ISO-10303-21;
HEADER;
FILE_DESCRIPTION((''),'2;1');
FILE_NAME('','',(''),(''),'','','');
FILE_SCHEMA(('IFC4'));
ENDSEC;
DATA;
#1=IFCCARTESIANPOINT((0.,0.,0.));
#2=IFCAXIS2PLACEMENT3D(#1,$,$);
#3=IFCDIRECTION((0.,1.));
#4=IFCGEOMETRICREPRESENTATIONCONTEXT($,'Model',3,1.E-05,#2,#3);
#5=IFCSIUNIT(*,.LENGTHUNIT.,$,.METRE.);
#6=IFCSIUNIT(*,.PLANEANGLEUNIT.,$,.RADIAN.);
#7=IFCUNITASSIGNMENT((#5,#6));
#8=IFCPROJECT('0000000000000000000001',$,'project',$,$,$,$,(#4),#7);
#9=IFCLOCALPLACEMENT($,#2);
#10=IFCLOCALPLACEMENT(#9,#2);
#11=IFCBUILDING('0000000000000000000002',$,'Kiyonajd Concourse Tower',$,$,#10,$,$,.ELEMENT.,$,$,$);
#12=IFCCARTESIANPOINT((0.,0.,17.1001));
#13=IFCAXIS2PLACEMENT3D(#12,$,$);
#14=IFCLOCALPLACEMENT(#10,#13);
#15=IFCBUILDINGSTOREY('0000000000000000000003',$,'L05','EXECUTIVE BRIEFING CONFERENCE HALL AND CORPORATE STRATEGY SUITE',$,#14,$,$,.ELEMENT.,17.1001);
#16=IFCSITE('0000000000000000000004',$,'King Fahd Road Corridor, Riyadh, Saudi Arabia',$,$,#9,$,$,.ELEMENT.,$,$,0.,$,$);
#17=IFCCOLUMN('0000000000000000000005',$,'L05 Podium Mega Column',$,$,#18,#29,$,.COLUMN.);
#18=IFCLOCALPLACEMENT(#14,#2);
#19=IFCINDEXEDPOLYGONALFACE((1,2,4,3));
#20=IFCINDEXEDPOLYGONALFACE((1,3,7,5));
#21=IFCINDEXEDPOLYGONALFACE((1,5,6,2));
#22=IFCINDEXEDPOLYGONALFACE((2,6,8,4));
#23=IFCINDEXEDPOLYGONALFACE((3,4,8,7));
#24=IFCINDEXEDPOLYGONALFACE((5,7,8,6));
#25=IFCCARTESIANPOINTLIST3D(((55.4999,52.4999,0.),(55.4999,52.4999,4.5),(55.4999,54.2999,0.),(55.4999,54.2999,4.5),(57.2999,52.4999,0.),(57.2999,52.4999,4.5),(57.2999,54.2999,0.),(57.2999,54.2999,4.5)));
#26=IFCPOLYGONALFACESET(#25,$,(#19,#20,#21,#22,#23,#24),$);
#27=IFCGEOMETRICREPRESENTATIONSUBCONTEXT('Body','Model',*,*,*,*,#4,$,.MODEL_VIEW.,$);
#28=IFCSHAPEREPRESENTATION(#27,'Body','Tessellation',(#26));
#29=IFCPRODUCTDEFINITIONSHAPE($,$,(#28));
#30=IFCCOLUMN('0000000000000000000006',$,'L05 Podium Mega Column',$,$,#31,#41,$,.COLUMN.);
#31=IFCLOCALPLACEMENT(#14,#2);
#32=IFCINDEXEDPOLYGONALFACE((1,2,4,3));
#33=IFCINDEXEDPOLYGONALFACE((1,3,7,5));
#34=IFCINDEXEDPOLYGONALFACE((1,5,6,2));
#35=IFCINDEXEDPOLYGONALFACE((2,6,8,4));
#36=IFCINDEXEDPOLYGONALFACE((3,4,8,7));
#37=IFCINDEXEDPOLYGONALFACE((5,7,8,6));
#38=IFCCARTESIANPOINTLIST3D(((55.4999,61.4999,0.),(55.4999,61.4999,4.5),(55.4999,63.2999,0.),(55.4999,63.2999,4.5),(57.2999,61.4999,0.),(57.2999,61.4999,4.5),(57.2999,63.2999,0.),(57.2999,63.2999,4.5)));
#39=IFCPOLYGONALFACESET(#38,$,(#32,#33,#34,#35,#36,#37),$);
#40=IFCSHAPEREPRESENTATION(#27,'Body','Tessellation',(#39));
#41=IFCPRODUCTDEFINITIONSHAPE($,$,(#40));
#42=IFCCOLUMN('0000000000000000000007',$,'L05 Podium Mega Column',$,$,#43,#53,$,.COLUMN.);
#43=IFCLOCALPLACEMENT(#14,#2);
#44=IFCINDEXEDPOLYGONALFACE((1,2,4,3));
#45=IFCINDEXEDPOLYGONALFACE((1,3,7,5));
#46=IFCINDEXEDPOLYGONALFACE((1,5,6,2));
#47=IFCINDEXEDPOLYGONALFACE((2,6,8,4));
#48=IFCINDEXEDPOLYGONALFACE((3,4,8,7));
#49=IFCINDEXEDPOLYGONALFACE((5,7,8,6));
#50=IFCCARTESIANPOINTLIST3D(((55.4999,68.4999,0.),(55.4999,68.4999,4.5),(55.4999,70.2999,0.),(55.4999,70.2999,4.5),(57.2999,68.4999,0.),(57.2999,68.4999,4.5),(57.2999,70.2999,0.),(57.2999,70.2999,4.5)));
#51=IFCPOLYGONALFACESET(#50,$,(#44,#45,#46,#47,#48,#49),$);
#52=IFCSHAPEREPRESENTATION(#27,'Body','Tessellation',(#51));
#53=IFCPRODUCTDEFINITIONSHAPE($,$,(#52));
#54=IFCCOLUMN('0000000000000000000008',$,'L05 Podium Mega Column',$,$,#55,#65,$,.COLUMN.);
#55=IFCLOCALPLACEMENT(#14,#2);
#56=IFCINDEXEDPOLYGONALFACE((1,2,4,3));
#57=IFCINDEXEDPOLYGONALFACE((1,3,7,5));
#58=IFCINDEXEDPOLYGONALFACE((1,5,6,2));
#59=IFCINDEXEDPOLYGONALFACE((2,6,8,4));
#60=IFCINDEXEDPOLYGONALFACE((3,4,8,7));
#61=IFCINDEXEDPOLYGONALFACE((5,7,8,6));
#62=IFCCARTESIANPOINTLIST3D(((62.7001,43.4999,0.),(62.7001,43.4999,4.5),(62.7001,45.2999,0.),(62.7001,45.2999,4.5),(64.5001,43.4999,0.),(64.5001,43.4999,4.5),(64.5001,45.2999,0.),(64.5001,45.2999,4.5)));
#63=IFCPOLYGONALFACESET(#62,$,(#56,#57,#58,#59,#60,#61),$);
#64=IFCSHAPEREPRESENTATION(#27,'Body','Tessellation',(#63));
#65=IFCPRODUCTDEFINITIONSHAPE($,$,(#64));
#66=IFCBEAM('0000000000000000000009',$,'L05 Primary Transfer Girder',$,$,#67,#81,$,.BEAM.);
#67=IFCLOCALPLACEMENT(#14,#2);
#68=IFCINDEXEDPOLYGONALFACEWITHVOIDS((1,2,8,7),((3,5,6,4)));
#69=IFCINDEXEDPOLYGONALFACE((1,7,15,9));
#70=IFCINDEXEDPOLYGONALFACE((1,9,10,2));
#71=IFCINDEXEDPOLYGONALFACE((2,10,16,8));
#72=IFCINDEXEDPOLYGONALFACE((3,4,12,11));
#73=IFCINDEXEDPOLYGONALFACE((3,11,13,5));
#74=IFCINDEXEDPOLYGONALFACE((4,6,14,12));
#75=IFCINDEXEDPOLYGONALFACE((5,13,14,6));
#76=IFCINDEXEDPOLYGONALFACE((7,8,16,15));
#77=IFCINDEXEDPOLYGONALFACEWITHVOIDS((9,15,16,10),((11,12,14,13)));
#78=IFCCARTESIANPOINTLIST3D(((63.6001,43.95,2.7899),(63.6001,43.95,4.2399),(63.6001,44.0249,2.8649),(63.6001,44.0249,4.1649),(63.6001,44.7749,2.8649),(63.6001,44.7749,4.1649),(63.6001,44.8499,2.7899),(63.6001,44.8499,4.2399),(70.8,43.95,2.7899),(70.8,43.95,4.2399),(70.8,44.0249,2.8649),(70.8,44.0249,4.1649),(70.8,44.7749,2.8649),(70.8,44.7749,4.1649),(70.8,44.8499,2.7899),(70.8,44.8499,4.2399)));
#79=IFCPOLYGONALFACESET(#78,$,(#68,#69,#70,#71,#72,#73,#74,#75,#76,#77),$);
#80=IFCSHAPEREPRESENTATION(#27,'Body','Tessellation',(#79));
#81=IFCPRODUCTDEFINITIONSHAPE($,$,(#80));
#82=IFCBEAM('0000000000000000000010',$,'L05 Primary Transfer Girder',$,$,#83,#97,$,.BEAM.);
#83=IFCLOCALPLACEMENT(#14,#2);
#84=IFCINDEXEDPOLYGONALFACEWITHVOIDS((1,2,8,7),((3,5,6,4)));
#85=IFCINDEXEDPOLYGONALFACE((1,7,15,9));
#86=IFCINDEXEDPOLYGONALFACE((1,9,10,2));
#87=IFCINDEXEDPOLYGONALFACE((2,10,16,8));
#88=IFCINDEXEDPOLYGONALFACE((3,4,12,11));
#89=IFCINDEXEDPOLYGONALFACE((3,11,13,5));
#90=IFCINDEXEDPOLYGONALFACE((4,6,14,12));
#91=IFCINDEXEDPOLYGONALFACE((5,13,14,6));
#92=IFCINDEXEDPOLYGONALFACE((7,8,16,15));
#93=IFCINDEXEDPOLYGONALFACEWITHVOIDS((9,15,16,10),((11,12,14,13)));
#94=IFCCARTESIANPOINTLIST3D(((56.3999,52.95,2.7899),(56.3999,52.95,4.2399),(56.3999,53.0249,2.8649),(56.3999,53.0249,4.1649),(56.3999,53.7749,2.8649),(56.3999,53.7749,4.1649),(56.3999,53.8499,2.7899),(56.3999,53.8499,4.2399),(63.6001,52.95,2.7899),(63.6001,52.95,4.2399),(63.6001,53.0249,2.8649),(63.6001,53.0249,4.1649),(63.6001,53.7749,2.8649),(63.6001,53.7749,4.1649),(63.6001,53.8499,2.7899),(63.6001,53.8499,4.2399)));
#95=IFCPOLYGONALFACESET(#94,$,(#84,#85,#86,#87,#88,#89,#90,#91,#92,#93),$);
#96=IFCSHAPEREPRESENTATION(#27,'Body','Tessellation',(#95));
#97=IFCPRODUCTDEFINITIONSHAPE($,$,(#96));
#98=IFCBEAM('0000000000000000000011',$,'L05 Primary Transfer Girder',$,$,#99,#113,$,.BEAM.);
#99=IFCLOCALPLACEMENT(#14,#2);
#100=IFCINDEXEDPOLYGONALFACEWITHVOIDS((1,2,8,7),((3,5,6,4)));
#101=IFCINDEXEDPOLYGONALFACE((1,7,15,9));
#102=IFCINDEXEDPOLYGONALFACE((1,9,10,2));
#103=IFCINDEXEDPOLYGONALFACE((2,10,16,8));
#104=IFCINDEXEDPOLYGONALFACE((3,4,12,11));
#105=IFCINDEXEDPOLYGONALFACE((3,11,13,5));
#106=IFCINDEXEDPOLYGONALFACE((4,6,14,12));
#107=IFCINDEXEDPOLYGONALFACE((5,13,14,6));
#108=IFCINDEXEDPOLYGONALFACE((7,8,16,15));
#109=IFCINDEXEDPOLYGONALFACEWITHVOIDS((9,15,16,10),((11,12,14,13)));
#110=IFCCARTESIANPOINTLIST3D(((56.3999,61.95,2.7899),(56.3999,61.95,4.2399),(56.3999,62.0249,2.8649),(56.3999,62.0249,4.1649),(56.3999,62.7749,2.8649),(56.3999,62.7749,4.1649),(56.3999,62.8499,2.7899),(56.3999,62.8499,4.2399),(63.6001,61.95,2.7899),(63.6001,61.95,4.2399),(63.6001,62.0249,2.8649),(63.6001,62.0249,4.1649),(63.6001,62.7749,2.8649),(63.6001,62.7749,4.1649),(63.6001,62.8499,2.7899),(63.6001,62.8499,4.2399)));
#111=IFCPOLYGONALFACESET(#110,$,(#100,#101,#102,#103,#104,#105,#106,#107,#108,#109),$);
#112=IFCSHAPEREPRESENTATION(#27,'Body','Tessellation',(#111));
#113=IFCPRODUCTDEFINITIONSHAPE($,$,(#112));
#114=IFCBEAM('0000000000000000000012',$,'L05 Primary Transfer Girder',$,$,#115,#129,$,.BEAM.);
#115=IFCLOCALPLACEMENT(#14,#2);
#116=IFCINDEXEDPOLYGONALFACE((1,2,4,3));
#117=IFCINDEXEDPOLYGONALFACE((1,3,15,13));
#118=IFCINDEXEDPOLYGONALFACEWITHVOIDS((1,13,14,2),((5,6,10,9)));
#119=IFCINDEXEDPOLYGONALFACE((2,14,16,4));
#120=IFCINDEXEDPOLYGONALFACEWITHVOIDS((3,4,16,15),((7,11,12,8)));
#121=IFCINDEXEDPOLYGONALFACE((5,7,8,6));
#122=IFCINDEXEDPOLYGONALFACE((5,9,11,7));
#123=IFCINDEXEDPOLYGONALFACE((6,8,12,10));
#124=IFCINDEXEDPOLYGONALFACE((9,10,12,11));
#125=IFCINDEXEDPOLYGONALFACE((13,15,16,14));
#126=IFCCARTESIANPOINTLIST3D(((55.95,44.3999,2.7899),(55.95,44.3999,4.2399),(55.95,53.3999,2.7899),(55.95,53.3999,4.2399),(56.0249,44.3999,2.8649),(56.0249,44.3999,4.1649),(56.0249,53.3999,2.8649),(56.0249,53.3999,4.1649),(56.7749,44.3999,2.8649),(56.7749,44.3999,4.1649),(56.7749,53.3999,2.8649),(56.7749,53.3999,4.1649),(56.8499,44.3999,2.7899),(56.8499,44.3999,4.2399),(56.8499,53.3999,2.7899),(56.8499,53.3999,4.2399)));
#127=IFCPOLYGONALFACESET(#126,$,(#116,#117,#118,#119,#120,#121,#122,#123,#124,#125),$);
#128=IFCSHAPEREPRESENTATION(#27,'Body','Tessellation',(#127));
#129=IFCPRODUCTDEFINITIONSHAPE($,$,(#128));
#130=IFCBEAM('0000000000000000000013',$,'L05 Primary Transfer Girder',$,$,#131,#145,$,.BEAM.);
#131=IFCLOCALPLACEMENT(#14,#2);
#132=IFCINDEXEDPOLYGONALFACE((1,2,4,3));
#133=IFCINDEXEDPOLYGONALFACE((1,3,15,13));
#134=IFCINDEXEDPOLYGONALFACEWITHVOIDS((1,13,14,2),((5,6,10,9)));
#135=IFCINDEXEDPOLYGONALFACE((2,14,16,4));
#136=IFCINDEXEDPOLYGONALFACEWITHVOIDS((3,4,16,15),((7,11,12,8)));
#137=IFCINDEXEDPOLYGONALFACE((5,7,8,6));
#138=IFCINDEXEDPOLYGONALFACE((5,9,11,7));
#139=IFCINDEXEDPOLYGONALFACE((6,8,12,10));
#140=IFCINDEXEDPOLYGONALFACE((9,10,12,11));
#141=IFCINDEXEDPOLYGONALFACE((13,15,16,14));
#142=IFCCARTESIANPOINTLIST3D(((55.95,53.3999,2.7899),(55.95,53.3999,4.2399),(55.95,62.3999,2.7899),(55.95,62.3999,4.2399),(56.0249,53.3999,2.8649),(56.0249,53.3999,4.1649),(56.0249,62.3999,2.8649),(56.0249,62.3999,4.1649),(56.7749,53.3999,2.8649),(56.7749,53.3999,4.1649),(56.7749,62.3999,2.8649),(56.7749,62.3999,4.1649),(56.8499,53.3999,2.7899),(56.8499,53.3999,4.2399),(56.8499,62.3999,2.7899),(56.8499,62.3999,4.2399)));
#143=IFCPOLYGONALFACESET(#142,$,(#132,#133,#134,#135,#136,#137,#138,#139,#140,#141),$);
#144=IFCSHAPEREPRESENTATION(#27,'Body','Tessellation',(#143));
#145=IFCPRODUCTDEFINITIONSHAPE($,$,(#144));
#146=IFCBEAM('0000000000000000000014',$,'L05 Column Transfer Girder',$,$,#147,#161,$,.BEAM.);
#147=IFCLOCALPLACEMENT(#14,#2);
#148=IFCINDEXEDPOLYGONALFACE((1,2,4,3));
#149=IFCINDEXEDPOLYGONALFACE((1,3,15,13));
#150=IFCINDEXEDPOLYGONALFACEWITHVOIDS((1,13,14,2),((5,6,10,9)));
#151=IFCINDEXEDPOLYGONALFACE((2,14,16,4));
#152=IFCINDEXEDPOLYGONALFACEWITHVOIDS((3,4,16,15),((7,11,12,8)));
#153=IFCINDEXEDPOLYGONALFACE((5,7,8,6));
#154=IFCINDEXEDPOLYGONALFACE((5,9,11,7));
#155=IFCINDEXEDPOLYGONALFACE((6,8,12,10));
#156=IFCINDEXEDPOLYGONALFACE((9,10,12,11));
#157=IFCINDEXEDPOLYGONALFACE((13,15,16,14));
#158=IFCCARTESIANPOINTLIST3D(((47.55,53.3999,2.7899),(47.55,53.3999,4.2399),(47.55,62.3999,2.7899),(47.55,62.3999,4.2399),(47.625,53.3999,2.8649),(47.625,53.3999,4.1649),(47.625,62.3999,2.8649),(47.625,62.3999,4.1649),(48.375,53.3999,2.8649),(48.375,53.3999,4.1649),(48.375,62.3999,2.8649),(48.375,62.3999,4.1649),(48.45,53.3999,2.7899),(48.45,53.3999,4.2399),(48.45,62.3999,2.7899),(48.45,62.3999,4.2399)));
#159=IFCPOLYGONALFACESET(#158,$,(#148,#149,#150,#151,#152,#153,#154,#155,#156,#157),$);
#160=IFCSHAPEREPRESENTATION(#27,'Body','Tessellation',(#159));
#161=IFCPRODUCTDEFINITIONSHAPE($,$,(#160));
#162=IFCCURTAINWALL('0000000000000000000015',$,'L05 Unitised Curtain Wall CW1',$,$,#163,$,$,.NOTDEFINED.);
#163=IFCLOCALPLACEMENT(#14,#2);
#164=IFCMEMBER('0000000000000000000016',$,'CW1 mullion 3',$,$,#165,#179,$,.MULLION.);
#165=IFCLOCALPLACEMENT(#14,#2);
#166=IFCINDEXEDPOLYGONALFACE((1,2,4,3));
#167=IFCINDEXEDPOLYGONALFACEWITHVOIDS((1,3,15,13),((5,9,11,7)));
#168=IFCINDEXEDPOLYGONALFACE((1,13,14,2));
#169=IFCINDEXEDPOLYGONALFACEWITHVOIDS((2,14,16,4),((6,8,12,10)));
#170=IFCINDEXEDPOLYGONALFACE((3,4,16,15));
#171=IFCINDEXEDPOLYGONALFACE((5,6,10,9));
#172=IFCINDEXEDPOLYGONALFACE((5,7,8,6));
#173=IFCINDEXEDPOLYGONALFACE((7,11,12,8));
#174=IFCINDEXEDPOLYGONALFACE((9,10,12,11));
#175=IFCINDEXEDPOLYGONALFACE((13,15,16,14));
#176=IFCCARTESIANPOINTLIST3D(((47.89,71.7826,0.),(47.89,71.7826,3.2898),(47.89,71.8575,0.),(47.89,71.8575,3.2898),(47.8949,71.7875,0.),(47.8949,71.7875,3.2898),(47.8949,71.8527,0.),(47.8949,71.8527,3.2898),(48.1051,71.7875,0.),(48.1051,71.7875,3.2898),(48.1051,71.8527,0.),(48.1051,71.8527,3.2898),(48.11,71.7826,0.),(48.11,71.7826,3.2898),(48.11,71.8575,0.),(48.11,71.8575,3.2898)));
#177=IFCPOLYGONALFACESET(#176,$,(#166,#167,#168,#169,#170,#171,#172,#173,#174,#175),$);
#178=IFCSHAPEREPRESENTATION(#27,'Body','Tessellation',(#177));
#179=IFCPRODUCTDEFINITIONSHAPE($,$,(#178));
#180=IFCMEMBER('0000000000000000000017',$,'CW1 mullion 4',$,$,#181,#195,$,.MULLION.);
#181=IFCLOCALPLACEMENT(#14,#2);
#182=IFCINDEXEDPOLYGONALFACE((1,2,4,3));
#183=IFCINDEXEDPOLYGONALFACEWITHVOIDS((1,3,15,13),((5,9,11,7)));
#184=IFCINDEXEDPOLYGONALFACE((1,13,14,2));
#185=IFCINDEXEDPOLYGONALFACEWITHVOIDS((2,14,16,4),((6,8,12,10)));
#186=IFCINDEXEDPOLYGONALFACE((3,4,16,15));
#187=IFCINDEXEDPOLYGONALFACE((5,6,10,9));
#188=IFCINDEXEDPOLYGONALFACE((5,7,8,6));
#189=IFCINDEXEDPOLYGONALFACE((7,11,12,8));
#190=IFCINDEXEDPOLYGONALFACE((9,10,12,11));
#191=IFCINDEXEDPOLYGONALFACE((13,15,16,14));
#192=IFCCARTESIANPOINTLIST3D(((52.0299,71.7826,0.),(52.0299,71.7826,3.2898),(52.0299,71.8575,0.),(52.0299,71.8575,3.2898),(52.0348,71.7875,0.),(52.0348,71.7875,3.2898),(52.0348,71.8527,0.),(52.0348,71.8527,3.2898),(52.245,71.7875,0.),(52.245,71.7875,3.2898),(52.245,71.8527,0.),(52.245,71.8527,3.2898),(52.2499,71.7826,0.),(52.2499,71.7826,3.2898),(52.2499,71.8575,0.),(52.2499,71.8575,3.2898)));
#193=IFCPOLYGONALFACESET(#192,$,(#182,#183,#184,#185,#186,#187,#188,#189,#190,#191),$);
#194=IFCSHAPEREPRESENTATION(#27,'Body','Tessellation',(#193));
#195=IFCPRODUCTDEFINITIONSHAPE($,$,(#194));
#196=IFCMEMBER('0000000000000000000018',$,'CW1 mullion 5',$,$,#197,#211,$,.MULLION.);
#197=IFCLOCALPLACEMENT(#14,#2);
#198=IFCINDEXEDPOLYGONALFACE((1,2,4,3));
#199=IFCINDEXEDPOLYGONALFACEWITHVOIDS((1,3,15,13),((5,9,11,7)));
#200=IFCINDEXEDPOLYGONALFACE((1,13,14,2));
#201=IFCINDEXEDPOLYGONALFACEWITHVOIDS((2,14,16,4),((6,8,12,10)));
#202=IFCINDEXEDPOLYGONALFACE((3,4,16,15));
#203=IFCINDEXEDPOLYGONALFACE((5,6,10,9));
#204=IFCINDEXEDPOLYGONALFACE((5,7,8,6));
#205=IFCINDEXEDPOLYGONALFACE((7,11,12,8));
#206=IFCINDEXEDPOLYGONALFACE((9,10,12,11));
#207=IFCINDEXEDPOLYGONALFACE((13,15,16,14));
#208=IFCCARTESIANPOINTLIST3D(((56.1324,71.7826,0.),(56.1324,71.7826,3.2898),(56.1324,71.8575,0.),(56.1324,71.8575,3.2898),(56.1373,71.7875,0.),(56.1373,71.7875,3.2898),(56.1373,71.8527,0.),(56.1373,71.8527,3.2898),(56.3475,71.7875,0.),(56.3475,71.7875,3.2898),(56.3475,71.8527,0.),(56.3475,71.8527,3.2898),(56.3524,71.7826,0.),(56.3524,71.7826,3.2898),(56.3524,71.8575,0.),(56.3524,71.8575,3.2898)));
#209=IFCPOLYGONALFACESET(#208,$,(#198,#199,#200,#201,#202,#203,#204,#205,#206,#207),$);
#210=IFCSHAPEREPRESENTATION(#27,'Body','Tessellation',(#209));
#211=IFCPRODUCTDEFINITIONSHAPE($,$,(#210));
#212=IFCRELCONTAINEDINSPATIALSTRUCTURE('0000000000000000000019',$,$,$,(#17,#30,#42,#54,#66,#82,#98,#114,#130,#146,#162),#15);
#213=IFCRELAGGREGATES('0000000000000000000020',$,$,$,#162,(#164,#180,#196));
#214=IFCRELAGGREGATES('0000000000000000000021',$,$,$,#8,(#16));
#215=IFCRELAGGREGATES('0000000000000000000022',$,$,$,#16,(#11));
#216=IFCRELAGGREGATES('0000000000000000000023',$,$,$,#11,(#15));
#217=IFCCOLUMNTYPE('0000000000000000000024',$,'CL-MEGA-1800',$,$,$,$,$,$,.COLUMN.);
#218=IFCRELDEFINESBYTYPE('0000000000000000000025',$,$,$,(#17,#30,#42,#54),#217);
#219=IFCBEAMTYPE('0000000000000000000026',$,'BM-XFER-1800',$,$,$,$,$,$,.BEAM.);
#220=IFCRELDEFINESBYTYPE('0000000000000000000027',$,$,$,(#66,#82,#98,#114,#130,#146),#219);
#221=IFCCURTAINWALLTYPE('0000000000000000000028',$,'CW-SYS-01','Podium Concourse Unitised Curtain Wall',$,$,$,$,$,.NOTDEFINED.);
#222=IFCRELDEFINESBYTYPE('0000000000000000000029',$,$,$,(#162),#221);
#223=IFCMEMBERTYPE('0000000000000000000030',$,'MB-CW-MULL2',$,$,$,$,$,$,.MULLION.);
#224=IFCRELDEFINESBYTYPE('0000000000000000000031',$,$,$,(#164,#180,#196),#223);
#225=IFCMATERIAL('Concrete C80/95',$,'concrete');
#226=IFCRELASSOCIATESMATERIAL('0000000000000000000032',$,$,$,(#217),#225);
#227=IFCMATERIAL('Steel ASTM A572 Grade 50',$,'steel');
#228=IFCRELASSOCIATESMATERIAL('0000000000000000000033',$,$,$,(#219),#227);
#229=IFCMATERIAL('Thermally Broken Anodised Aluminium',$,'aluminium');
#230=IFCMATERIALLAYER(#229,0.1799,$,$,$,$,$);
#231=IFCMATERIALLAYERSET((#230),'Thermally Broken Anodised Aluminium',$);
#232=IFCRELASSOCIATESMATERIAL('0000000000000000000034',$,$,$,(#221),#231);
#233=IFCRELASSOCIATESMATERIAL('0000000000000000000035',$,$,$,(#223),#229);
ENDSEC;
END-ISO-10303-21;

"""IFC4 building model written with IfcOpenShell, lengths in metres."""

from ifc_helpers import new_model, si_unit, direction, frame, origin, origin_2d, place, context, subcontext, project, spatial, rectangle, hollow_rectangle, extrude, material, layer, layer_set, material_profile, profile_set, type_object, element, aggregate, save


model = new_model("IFC4")

# Units and contexts
model_context = context("Model", 3, precision=1e-05, world=origin(), true_north=direction((0.0, 1.0)))
body_context = subcontext(model_context, "Body", "Model", "MODEL_VIEW")
ifc_project = project(units=[si_unit("LENGTHUNIT", "METRE"), si_unit("PLANEANGLEUNIT", "RADIAN")], contexts=[model_context])

# Site, building, storey
site_placement = place(None, origin())
site = spatial("IfcSite", under=ifc_project, at=site_placement, Name="King Fahd Road Corridor, Riyadh, Saudi Arabia", CompositionType="ELEMENT", RefElevation=0.0)
building_placement = place(site_placement, origin())
building = spatial("IfcBuilding", under=site, at=building_placement, Name="Kiyonajd Concourse Tower", CompositionType="ELEMENT")
storey_placement = place(building_placement, frame((0.0, 0.0, 17.1001)))
storey = spatial("IfcBuildingStorey", under=building, at=storey_placement, Name="L05", Description="EXECUTIVE BRIEFING CONFERENCE HALL AND CORPORATE STRATEGY SUITE", CompositionType="ELEMENT", Elevation=17.1001)

# Columns
ifc_material_1 = material(Name="Concrete C80/95", Category="concrete")
ifc_material_profile_1 = material_profile(ifc_material_1, rectangle(XDim=1.8, YDim=1.8, at=origin_2d()), Name="RC-1800x1800")
ifc_profile_set_1 = profile_set([ifc_material_profile_1], Name="Concrete C80/95")
column_type = type_object("IfcColumnType", Name="CL-MEGA-1800", PredefinedType="COLUMN", material=ifc_profile_set_1)
for number, where, z_axis, x_axis, name in (
    (1, (56.3999, 53.3999, 0.0), (0.0, 0.0, 1.0), (1.0, 0.0, 0.0), "L05 Podium Mega Column"),
    (2, (56.3999, 62.3999, 0.0), (0.0, 0.0, 1.0), (1.0, 0.0, 0.0), "L05 Podium Mega Column"),
    (3, (56.3999, 69.3999, 0.0), (0.0, 0.0, 1.0), (1.0, 0.0, 0.0), "L05 Podium Mega Column"),
    (4, (63.6001, 44.3999, 0.0), (0.0, 0.0, 1.0), (1.0, 0.0, 0.0), "L05 Podium Mega Column"),
):
    element("IfcColumn", number, at=place(storey_placement, frame(where, z_axis=z_axis, x_axis=x_axis)), inside=storey, type_object=column_type, Name=name, PredefinedType="COLUMN", context=body_context, shape_type="SweptSolid", body=[
        extrude(rectangle(XDim=1.8, YDim=1.8, at=origin_2d()), origin(), (0.0, 0.0, 1.0), 4.5),
    ])

# Beams
ifc_material_2 = material(Name="Steel ASTM A572 Grade 50", Category="steel")
ifc_material_profile_2 = material_profile(ifc_material_2, hollow_rectangle(XDim=0.8999, YDim=1.45, WallThickness=0.075, at=origin_2d()), Name="BOX-1450x900x75")
ifc_profile_set_2 = profile_set([ifc_material_profile_2], Name="Steel ASTM A572 Grade 50")
beam_type = type_object("IfcBeamType", Name="BM-XFER-1800", PredefinedType="BEAM", material=ifc_profile_set_2)
beam_placement = place(storey_placement, frame((63.6001, 44.3999, 3.5149), z_axis=(1.0, 0.0, 0.0), x_axis=(0.0, 1.0, 0.0)))
element("IfcBeam", 5, at=beam_placement, inside=storey, type_object=beam_type, Name="L05 Primary Transfer Girder", PredefinedType="BEAM", context=body_context, shape_type="SweptSolid", body=[
    extrude(hollow_rectangle(XDim=0.8999, YDim=1.45, WallThickness=0.075, at=origin_2d()), origin(), (0.0, 0.0, 1.0), 7.2),
])
for number, where, z_axis, x_axis, name in (
    (6, (56.3999, 53.3999, 3.5149), (1.0, 0.0, 0.0), (0.0, 1.0, 0.0), "L05 Primary Transfer Girder"),
    (7, (56.3999, 62.3999, 3.5149), (1.0, 0.0, 0.0), (0.0, 1.0, 0.0), "L05 Primary Transfer Girder"),
):
    element("IfcBeam", number, at=place(storey_placement, frame(where, z_axis=z_axis, x_axis=x_axis)), inside=storey, type_object=beam_type, Name=name, PredefinedType="BEAM", context=body_context, shape_type="SweptSolid", body=[
        extrude(hollow_rectangle(XDim=0.8999, YDim=1.45, WallThickness=0.075, at=origin_2d()), origin(), (0.0, 0.0, 1.0), 7.2002),
    ])
for number, where, z_axis, x_axis, name in (
    (8, (56.3999, 44.3999, 3.5149), (0.0, 1.0, 0.0), (-1.0, 0.0, 0.0), "L05 Primary Transfer Girder"),
    (9, (56.3999, 53.3999, 3.5149), (0.0, 1.0, 0.0), (-1.0, 0.0, 0.0), "L05 Primary Transfer Girder"),
    (10, (48.0, 53.3999, 3.5149), (0.0, 1.0, 0.0), (-1.0, 0.0, 0.0), "L05 Column Transfer Girder"),
):
    element("IfcBeam", number, at=place(storey_placement, frame(where, z_axis=z_axis, x_axis=x_axis)), inside=storey, type_object=beam_type, Name=name, PredefinedType="BEAM", context=body_context, shape_type="SweptSolid", body=[
        extrude(hollow_rectangle(XDim=0.8999, YDim=1.45, WallThickness=0.075, at=origin_2d()), origin(), (0.0, 0.0, 1.0), 9.0),
    ])

# Curtain wall, members
ifc_material_3 = material(Name="Thermally Broken Anodised Aluminium", Category="aluminium")
ifc_layer_1 = layer(ifc_material_3, 0.1799)
ifc_layer_set_1 = layer_set([ifc_layer_1], Name="Thermally Broken Anodised Aluminium")
curtain_wall_type = type_object("IfcCurtainWallType", Name="CW-SYS-01", Description="Podium Concourse Unitised Curtain Wall", PredefinedType="NOTDEFINED", material=ifc_layer_set_1)
curtain_wall_placement = place(storey_placement, origin())
curtain_wall = element("IfcCurtainWall", 11, at=curtain_wall_placement, inside=storey, type_object=curtain_wall_type, Name="L05 Unitised Curtain Wall CW1", PredefinedType="NOTDEFINED")
ifc_material_profile_3 = material_profile(ifc_material_3, hollow_rectangle(XDim=0.075, YDim=0.22, WallThickness=0.0049, at=origin_2d()), Name="MULL-75x220")
ifc_profile_set_3 = profile_set([ifc_material_profile_3], Name="Thermally Broken Anodised Aluminium")
member_type_1 = type_object("IfcMemberType", Name="MB-CW-MULL2", PredefinedType="MULLION", material=ifc_profile_set_3)
member_1_placement = place(storey_placement, frame((48.0, 71.8201, 0.0), z_axis=(0.0, 0.0, 1.0), x_axis=(0.0, 1.0, 0.0)))
member_1 = element("IfcMember", 12, at=member_1_placement, type_object=member_type_1, Name="CW1 mullion 3", PredefinedType="MULLION", context=body_context, shape_type="SweptSolid", body=[
    extrude(hollow_rectangle(XDim=0.075, YDim=0.22, WallThickness=0.0049, at=origin_2d()), origin(), (0.0, 0.0, 1.0), 3.2898),
])
member_2_placement = place(storey_placement, frame((52.1399, 71.8201, 0.0), z_axis=(0.0, 0.0, 1.0), x_axis=(0.0, 1.0, 0.0)))
member_2 = element("IfcMember", 13, at=member_2_placement, type_object=member_type_1, Name="CW1 mullion 4", PredefinedType="MULLION", context=body_context, shape_type="SweptSolid", body=[
    extrude(hollow_rectangle(XDim=0.075, YDim=0.22, WallThickness=0.0049, at=origin_2d()), origin(), (0.0, 0.0, 1.0), 3.2898),
])
member_3_placement = place(storey_placement, frame((56.2424, 71.8201, 0.0), z_axis=(0.0, 0.0, 1.0), x_axis=(0.0, 1.0, 0.0)))
member_3 = element("IfcMember", 14, at=member_3_placement, type_object=member_type_1, Name="CW1 mullion 5", PredefinedType="MULLION", context=body_context, shape_type="SweptSolid", body=[
    extrude(hollow_rectangle(XDim=0.075, YDim=0.22, WallThickness=0.0049, at=origin_2d()), origin(), (0.0, 0.0, 1.0), 3.2898),
])

aggregate(curtain_wall, [member_1, member_2, member_3])

save(model, "model.ifc")
